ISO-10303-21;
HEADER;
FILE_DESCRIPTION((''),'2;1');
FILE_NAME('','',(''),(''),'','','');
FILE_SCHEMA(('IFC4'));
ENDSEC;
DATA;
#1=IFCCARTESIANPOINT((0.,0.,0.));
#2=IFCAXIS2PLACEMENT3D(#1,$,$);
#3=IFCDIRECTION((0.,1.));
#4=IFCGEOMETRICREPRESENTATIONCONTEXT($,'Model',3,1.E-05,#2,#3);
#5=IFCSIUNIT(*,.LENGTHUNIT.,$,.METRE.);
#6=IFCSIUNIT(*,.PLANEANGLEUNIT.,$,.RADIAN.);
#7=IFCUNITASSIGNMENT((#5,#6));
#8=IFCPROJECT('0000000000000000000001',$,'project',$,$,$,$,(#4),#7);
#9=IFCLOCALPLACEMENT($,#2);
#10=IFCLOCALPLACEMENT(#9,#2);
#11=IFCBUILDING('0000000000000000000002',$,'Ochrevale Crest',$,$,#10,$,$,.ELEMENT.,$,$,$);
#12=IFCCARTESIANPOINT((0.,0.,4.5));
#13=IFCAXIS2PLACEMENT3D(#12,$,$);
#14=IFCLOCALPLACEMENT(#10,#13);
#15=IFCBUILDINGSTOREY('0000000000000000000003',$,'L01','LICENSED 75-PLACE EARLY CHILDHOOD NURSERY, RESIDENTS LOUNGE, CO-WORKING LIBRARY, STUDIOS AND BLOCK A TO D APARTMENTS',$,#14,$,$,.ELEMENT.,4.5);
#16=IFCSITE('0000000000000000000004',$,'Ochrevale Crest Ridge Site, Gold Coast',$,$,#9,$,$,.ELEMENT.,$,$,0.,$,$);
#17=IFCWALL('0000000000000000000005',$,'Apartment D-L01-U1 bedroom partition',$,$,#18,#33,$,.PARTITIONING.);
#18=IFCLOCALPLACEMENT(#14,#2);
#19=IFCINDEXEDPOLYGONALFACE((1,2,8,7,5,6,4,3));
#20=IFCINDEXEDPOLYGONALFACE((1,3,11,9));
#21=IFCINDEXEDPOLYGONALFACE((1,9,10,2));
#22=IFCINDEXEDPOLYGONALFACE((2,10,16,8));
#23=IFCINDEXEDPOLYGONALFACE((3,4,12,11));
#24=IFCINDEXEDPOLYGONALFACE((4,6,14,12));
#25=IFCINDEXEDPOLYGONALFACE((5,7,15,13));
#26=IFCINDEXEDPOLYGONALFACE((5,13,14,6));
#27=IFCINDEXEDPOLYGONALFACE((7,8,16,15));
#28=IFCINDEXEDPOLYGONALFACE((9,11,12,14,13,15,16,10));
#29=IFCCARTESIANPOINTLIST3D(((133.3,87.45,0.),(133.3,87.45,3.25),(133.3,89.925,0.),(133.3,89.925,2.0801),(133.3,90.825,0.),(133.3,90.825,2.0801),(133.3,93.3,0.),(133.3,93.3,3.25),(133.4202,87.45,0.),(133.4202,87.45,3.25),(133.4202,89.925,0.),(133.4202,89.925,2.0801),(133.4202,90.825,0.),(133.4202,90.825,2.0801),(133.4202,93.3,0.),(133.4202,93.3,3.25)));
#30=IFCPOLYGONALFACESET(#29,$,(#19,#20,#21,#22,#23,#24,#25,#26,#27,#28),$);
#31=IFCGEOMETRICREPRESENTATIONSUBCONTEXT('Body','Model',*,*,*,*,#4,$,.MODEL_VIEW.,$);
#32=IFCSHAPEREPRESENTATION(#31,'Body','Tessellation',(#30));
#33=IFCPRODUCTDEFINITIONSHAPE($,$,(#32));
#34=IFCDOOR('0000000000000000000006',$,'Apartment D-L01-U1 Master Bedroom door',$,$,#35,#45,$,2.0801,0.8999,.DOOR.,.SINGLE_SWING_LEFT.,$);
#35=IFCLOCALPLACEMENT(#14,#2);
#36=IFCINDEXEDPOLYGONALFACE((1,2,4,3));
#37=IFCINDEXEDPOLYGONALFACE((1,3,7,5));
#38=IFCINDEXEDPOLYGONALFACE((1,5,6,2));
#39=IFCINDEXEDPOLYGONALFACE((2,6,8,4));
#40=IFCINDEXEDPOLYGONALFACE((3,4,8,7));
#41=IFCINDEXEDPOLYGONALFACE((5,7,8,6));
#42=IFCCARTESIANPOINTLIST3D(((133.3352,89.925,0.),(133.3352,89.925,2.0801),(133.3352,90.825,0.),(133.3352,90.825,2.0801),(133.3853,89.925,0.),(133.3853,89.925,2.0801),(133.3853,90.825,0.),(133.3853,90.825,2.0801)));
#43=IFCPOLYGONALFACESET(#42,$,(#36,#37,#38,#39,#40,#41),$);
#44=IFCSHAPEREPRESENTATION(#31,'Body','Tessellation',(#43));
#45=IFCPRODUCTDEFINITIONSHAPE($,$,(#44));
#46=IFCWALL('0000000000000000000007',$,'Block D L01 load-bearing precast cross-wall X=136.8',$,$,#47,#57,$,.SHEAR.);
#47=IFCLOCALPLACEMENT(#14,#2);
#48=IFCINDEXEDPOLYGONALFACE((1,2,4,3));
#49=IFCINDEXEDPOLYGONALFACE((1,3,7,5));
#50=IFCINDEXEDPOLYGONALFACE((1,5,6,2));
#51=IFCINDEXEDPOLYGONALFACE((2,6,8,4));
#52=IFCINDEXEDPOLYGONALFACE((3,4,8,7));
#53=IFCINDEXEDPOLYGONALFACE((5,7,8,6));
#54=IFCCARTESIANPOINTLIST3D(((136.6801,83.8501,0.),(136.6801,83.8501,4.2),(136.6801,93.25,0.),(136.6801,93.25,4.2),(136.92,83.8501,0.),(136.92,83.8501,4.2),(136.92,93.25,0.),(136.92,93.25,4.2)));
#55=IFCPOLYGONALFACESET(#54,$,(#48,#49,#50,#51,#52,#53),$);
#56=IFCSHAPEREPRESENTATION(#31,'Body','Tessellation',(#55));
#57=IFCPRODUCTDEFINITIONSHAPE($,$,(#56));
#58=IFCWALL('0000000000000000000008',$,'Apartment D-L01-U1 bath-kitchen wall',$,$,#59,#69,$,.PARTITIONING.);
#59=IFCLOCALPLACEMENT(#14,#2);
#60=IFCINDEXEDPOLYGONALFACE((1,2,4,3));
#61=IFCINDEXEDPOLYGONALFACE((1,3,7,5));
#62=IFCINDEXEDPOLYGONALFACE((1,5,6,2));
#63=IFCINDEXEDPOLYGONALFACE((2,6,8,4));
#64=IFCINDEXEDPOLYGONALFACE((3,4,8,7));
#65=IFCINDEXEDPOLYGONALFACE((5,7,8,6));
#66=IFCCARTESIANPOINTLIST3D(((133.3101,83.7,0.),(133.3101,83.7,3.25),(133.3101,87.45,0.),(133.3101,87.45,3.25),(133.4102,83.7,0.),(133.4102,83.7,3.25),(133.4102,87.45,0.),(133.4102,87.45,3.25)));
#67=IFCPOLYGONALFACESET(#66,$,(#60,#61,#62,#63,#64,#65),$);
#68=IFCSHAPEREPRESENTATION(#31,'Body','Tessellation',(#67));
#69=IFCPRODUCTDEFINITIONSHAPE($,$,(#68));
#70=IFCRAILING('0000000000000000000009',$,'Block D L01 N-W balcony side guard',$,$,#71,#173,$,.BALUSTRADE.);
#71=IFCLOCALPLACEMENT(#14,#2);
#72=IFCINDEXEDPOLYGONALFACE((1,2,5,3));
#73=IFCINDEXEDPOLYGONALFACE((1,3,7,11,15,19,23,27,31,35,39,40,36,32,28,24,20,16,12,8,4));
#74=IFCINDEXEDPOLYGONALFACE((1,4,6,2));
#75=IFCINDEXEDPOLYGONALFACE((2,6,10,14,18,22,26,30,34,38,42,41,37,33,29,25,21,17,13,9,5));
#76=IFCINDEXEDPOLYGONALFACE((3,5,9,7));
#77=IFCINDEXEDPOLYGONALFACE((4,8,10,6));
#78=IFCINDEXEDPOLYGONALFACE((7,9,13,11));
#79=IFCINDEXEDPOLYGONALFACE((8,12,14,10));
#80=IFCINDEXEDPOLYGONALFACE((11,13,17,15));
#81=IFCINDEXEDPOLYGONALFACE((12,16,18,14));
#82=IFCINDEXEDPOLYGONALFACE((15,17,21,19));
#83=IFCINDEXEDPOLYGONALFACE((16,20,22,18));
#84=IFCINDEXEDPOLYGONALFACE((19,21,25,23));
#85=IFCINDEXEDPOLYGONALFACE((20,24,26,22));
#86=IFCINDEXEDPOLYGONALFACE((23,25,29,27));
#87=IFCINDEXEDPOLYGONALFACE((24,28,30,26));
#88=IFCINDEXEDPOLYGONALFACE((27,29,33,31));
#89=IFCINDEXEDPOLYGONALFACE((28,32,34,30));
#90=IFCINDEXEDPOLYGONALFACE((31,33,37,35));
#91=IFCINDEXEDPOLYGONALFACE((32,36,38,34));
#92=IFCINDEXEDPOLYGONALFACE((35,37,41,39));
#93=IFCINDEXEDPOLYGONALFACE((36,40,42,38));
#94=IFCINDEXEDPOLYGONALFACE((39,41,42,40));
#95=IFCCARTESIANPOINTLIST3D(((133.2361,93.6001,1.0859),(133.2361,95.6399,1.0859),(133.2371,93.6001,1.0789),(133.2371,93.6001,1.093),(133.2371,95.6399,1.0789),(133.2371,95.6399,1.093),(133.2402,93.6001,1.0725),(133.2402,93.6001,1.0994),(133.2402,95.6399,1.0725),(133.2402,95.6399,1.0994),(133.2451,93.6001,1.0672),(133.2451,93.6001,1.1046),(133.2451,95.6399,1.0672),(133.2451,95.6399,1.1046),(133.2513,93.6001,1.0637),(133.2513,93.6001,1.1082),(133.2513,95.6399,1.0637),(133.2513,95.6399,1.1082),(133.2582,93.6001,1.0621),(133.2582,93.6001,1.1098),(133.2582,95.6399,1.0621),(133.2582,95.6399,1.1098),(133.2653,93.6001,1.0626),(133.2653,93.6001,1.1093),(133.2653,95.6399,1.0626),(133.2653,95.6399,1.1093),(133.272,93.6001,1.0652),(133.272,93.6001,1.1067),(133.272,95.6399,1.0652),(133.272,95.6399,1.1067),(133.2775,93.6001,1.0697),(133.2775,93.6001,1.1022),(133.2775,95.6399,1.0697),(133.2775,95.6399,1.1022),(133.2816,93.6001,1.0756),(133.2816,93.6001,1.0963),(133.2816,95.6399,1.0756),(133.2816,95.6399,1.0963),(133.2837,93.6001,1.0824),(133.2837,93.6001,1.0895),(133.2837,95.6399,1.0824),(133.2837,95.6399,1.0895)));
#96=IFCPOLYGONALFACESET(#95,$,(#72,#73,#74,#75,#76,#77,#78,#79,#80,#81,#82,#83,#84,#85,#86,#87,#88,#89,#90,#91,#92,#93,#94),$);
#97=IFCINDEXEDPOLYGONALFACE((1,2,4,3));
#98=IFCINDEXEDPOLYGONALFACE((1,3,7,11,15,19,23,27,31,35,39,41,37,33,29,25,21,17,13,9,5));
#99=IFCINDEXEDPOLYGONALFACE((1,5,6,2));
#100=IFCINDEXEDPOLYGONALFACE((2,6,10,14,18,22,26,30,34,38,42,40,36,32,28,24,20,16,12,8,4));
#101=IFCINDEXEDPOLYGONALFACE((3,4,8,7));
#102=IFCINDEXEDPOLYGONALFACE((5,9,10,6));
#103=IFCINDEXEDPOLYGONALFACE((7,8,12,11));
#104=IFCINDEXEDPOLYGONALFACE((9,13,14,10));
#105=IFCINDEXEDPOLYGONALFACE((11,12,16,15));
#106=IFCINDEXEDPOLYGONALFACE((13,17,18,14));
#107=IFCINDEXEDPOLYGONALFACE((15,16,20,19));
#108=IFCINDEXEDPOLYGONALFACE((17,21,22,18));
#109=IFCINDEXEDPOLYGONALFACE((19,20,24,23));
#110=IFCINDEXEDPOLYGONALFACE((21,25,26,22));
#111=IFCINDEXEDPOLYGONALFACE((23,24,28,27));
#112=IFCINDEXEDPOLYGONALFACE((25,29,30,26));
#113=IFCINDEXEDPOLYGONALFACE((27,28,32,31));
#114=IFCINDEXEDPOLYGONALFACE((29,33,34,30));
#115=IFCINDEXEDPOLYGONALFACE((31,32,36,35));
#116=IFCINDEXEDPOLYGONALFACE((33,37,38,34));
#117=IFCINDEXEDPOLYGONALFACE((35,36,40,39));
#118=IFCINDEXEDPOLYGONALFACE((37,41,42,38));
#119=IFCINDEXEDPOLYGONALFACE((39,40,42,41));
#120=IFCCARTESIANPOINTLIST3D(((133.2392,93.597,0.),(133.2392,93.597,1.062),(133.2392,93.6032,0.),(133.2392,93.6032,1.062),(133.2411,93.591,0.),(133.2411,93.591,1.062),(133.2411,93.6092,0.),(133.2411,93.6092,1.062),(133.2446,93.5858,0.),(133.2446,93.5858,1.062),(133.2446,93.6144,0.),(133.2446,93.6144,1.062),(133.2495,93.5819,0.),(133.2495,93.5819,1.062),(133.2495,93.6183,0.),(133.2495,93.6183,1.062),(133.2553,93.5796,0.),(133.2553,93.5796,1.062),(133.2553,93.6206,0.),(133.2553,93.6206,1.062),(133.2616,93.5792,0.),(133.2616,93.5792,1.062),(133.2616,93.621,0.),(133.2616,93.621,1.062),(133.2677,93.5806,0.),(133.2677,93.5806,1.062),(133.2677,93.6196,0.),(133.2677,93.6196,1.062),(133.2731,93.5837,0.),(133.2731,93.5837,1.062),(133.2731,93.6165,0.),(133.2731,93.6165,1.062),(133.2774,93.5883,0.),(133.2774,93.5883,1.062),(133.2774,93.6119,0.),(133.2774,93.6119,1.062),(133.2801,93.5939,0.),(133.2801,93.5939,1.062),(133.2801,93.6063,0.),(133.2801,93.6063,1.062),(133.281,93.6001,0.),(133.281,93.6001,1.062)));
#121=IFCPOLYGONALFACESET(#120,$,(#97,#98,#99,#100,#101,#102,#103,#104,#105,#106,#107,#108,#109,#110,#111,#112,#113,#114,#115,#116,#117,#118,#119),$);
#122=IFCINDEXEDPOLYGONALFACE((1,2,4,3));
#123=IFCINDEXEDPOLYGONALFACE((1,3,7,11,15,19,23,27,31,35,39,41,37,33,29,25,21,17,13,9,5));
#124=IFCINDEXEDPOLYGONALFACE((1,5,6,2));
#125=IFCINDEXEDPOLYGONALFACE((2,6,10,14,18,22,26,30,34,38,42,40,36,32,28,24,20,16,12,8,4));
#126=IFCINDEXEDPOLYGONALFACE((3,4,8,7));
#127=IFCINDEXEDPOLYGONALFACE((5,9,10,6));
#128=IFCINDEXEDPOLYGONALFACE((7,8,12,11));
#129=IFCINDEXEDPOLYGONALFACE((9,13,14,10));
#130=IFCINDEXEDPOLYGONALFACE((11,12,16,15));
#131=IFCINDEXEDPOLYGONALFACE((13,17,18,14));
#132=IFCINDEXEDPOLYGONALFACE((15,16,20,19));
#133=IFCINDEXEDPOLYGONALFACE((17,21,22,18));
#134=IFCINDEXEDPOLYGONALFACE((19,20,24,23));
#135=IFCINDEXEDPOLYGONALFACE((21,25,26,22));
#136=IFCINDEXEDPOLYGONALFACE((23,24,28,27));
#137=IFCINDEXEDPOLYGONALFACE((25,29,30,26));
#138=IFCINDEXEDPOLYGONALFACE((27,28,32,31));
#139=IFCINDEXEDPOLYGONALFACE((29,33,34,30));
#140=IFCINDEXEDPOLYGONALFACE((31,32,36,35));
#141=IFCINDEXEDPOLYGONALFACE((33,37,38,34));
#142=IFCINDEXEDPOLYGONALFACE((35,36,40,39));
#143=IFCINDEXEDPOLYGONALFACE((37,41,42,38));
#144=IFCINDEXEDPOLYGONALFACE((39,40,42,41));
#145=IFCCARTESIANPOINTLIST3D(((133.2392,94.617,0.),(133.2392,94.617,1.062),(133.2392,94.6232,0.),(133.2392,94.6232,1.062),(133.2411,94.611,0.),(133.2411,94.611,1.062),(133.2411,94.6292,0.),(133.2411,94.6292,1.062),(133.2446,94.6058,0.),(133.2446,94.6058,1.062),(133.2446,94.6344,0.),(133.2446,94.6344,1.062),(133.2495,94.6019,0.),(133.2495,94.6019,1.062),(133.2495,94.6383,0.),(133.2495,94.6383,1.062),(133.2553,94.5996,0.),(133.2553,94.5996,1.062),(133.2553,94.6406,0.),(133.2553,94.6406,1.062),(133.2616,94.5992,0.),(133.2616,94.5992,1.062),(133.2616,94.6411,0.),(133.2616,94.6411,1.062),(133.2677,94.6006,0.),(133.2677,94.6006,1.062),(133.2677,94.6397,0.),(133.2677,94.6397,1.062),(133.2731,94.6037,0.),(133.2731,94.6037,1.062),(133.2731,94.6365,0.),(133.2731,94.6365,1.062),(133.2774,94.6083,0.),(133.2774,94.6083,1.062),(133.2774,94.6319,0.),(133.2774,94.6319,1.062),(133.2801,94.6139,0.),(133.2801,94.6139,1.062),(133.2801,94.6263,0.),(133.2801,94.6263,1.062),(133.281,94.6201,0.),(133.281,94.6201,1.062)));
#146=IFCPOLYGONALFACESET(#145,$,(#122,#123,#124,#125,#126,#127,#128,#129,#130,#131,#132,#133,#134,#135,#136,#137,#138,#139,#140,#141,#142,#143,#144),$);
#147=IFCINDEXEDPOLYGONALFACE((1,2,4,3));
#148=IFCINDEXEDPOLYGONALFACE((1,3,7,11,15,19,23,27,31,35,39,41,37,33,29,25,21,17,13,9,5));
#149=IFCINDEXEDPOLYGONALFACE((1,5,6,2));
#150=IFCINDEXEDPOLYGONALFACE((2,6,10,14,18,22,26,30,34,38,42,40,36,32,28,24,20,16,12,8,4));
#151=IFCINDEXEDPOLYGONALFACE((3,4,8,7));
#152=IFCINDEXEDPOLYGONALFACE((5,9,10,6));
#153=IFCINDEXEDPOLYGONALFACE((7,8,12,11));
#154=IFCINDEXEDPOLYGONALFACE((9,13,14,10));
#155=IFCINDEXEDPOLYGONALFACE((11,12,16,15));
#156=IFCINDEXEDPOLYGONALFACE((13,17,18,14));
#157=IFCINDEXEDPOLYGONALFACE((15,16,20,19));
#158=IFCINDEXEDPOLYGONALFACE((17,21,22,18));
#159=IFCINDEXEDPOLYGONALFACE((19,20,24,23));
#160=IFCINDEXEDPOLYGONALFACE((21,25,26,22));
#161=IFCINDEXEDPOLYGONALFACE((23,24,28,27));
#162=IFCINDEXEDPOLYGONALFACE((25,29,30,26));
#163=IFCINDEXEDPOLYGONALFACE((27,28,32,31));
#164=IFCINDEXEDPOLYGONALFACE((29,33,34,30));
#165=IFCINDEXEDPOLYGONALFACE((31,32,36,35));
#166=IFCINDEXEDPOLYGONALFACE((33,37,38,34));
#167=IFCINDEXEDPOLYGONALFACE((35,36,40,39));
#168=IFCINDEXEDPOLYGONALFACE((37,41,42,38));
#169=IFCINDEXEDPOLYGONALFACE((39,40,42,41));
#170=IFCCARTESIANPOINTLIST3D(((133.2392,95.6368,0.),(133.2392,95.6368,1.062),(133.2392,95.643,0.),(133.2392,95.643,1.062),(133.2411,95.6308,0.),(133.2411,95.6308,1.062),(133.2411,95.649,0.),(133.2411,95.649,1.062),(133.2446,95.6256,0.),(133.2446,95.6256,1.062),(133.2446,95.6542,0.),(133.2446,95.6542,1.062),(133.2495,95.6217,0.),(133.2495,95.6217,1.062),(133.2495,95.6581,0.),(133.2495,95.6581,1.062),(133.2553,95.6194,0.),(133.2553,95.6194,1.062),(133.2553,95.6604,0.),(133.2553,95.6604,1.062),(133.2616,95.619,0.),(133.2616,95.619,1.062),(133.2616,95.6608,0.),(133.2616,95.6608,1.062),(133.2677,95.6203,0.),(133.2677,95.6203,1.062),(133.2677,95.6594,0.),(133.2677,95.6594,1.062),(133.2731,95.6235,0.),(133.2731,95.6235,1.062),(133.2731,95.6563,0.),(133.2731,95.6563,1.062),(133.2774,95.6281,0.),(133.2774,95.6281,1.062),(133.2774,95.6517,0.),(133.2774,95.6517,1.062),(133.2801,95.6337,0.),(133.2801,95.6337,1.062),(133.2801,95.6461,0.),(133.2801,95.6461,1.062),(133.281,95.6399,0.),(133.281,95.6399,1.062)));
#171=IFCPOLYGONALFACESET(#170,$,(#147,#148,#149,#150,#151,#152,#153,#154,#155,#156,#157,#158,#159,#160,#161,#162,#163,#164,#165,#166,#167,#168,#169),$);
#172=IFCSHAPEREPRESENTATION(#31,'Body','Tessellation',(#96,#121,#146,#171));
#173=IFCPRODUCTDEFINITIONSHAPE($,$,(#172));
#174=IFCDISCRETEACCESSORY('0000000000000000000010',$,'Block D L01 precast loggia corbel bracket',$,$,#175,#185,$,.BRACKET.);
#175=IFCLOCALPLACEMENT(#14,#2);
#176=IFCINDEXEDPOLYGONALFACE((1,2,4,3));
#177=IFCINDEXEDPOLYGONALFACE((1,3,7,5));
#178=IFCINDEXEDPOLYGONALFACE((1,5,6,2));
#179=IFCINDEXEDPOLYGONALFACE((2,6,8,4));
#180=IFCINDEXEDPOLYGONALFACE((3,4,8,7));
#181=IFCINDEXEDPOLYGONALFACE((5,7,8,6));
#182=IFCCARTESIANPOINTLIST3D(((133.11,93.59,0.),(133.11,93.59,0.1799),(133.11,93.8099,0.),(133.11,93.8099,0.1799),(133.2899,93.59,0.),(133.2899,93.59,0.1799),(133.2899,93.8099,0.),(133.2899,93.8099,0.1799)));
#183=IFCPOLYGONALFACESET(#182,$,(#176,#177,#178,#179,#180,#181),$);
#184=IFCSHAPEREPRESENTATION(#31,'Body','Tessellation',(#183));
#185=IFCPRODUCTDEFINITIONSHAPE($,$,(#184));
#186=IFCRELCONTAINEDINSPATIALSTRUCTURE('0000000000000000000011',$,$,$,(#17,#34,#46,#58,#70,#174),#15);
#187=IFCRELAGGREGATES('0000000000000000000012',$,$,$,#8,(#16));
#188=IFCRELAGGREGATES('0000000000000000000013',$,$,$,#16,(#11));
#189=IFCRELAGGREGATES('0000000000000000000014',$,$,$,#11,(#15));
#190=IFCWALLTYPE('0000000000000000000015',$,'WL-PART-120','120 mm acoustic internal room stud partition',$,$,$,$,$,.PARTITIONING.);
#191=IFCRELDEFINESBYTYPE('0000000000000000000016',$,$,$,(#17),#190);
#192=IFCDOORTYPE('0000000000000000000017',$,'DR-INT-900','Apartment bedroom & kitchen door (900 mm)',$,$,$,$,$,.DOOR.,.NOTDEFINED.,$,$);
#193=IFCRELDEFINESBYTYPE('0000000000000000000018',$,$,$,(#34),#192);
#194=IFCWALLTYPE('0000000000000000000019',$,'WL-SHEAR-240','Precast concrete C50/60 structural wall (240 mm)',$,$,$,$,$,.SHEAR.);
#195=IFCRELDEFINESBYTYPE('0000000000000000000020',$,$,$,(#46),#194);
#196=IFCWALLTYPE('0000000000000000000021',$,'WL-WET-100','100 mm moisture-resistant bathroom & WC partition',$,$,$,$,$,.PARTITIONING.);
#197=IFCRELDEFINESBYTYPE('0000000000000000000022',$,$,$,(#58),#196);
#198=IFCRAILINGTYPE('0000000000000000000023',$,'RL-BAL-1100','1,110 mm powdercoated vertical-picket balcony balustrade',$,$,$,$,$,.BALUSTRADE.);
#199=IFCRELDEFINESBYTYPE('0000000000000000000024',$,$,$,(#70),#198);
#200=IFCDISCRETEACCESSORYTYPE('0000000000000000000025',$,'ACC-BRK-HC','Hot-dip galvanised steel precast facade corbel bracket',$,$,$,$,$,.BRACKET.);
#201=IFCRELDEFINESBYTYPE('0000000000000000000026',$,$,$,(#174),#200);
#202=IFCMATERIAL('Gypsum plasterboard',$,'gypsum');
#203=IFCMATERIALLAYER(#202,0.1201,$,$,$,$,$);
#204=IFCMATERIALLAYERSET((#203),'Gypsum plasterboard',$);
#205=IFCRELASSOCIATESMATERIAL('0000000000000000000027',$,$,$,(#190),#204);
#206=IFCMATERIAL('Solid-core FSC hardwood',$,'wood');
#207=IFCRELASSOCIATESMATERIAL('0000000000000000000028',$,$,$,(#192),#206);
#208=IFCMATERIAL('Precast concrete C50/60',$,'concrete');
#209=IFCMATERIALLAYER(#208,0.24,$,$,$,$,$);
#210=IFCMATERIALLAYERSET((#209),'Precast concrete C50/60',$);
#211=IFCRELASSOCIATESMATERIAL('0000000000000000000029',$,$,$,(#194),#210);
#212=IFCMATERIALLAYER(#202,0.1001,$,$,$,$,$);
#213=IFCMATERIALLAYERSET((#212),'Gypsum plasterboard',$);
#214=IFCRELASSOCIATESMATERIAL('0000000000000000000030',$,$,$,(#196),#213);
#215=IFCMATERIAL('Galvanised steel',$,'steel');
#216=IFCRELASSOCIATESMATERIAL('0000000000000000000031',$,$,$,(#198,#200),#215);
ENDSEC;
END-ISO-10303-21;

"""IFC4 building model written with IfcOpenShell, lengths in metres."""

from ifc_helpers import new_model, si_unit, direction, frame, frame_2d, origin, origin_2d, place, context, subcontext, project, spatial, rectangle, circle, extrude, material, layer, layer_set, type_object, element, fill, save


model = new_model("IFC4")

# Units and contexts
model_context = context("Model", 3, precision=1e-05, world=origin(), true_north=direction((0.0, 1.0)))
body_context = subcontext(model_context, "Body", "Model", "MODEL_VIEW")
ifc_project = project(units=[si_unit("LENGTHUNIT", "METRE"), si_unit("PLANEANGLEUNIT", "RADIAN")], contexts=[model_context])

# Site, building, storey
site_placement = place(None, origin())
site = spatial("IfcSite", under=ifc_project, at=site_placement, Name="Ochrevale Crest Ridge Site, Gold Coast", CompositionType="ELEMENT", RefElevation=0.0)
building_placement = place(site_placement, origin())
building = spatial("IfcBuilding", under=site, at=building_placement, Name="Ochrevale Crest", CompositionType="ELEMENT")
storey_placement = place(building_placement, frame((0.0, 0.0, 4.5)))
storey = spatial("IfcBuildingStorey", under=building, at=storey_placement, Name="L01", Description="LICENSED 75-PLACE EARLY CHILDHOOD NURSERY, RESIDENTS LOUNGE, CO-WORKING LIBRARY, STUDIOS AND BLOCK A TO D APARTMENTS", CompositionType="ELEMENT", Elevation=4.5)

# Shared definitions
ifc_material_1 = material(Name="Gypsum plasterboard", Category="gypsum")
ifc_layer_1 = layer(ifc_material_1, 0.1201)
ifc_layer_set_1 = layer_set([ifc_layer_1], Name="Gypsum plasterboard")
wall_type_1 = type_object("IfcWallType", Name="WL-PART-120", Description="120 mm acoustic internal room stud partition", PredefinedType="PARTITIONING", material=ifc_layer_set_1)

# Wall, opening, door
wall_1_placement = place(storey_placement, frame((133.3601, 87.45, 0.0), z_axis=(0.0, 0.0, 1.0), x_axis=(0.0, 1.0, 0.0)))
wall_1 = element("IfcWall", 1, at=wall_1_placement, inside=storey, type_object=wall_type_1, Name="Apartment D-L01-U1 bedroom partition", PredefinedType="PARTITIONING", context=body_context, shape_type="SweptSolid", body=[
    extrude(rectangle(XDim=5.8501, YDim=0.1201, at=frame_2d((2.925, 0.0))), origin(), (0.0, 0.0, 1.0), 3.25),
])
opening_placement = place(wall_1_placement, frame((2.4751, 0.0, 0.0)))
opening = element("IfcOpeningElement", 2, at=opening_placement, cuts=wall_1, PredefinedType="OPENING", context=body_context, shape_type="SweptSolid", body=[
    extrude(rectangle(XDim=0.8999, YDim=2.0801, at=frame_2d((0.45, 1.04))), frame((0.0, 0.0701, 0.0), z_axis=(0.0, -1.0, 0.0), x_axis=(1.0, 0.0, 0.0)), (0.0, 0.0, 1.0), 0.1401),
])
ifc_material_2 = material(Name="Solid-core FSC hardwood", Category="wood")
door_type = type_object("IfcDoorType", Name="DR-INT-900", Description="Apartment bedroom & kitchen door (900 mm)", OperationType="NOTDEFINED", PredefinedType="DOOR", material=ifc_material_2)
door_placement = place(opening_placement, origin())
door = element("IfcDoor", 3, at=door_placement, inside=storey, type_object=door_type, Name="Apartment D-L01-U1 Master Bedroom door", OperationType="SINGLE_SWING_LEFT", OverallHeight=2.0801, OverallWidth=0.8999, PredefinedType="DOOR", context=body_context, shape_type="SweptSolid", body=[
    extrude(rectangle(XDim=0.8999, YDim=2.0801, at=frame_2d((0.45, 1.04))), frame((0.0, 0.0249, 0.0), z_axis=(0.0, -1.0, 0.0), x_axis=(1.0, 0.0, 0.0)), (0.0, 0.0, 1.0), 0.05),
])
fill(opening, door)

# Walls
ifc_material_3 = material(Name="Precast concrete C50/60", Category="concrete")
ifc_layer_2 = layer(ifc_material_3, 0.24)
ifc_layer_set_2 = layer_set([ifc_layer_2], Name="Precast concrete C50/60")
wall_type_2 = type_object("IfcWallType", Name="WL-SHEAR-240", Description="Precast concrete C50/60 structural wall (240 mm)", PredefinedType="SHEAR", material=ifc_layer_set_2)
wall_2_placement = place(storey_placement, frame((136.8, 83.8501, 0.0), z_axis=(0.0, 0.0, 1.0), x_axis=(0.0, 1.0, 0.0)))
element("IfcWall", 4, at=wall_2_placement, inside=storey, type_object=wall_type_2, Name="Block D L01 load-bearing precast cross-wall X=136.8", PredefinedType="SHEAR", context=body_context, shape_type="SweptSolid", body=[
    extrude(rectangle(XDim=9.3999, YDim=0.24, at=frame_2d((4.7, 0.0))), origin(), (0.0, 0.0, 1.0), 4.2),
])
ifc_layer_3 = layer(ifc_material_1, 0.1001)
ifc_layer_set_3 = layer_set([ifc_layer_3], Name="Gypsum plasterboard")
wall_type_3 = type_object("IfcWallType", Name="WL-WET-100", Description="100 mm moisture-resistant bathroom & WC partition", PredefinedType="PARTITIONING", material=ifc_layer_set_3)
wall_3_placement = place(storey_placement, frame((133.3601, 83.7, 0.0), z_axis=(0.0, 0.0, 1.0), x_axis=(0.0, 1.0, 0.0)))
element("IfcWall", 5, at=wall_3_placement, inside=storey, type_object=wall_type_3, Name="Apartment D-L01-U1 bath-kitchen wall", PredefinedType="PARTITIONING", context=body_context, shape_type="SweptSolid", body=[
    extrude(rectangle(XDim=3.75, YDim=0.1001, at=frame_2d((1.875, 0.0))), origin(), (0.0, 0.0, 1.0), 3.25),
])

# Railing
ifc_material_4 = material(Name="Galvanised steel", Category="steel")
railing_type = type_object("IfcRailingType", Name="RL-BAL-1100", Description="1,110 mm powdercoated vertical-picket balcony balustrade", PredefinedType="BALUSTRADE", material=ifc_material_4)
railing_1_placement = place(storey_placement, frame((133.26, 93.6001, 0.0)))
element("IfcRailing", 6, at=railing_1_placement, inside=storey, type_object=railing_type, Name="Block D L01 N-W balcony side guard", PredefinedType="BALUSTRADE", context=body_context, shape_type="SweptSolid", body=[
    extrude(circle(Radius=0.0239, at=origin_2d()), frame((0.0, 0.0, 1.0859), z_axis=(0.0, 1.0, 0.0), x_axis=(-1.0, 0.0, 0.0)), (0.0, 0.0, 1.0), 2.0398),
    extrude(circle(Radius=0.021, at=origin_2d()), origin(), (0.0, 0.0, 1.0), 1.062),
    extrude(circle(Radius=0.021, at=origin_2d()), frame((0.0, 1.02, 0.0)), (0.0, 0.0, 1.0), 1.062),
    extrude(circle(Radius=0.021, at=origin_2d()), frame((0.0, 2.0398, 0.0)), (0.0, 0.0, 1.0), 1.062),
])

# Discrete accessory
discrete_accessory_type = type_object("IfcDiscreteAccessoryType", Name="ACC-BRK-HC", Description="Hot-dip galvanised steel precast facade corbel bracket", PredefinedType="BRACKET", material=ifc_material_4)
discrete_accessory_placement = place(storey_placement, frame((133.2, 93.7, 0.0), z_axis=(0.0, 0.0, 1.0), x_axis=(1.0, 0.0, 0.0)))
element("IfcDiscreteAccessory", 7, at=discrete_accessory_placement, inside=storey, type_object=discrete_accessory_type, Name="Block D L01 precast loggia corbel bracket", PredefinedType="BRACKET", context=body_context, shape_type="SweptSolid", body=[
    extrude(rectangle(XDim=0.1799, YDim=0.22, at=origin_2d()), origin(), (0.0, 0.0, 1.0), 0.1799),
])

save(model, "model.ifc")
